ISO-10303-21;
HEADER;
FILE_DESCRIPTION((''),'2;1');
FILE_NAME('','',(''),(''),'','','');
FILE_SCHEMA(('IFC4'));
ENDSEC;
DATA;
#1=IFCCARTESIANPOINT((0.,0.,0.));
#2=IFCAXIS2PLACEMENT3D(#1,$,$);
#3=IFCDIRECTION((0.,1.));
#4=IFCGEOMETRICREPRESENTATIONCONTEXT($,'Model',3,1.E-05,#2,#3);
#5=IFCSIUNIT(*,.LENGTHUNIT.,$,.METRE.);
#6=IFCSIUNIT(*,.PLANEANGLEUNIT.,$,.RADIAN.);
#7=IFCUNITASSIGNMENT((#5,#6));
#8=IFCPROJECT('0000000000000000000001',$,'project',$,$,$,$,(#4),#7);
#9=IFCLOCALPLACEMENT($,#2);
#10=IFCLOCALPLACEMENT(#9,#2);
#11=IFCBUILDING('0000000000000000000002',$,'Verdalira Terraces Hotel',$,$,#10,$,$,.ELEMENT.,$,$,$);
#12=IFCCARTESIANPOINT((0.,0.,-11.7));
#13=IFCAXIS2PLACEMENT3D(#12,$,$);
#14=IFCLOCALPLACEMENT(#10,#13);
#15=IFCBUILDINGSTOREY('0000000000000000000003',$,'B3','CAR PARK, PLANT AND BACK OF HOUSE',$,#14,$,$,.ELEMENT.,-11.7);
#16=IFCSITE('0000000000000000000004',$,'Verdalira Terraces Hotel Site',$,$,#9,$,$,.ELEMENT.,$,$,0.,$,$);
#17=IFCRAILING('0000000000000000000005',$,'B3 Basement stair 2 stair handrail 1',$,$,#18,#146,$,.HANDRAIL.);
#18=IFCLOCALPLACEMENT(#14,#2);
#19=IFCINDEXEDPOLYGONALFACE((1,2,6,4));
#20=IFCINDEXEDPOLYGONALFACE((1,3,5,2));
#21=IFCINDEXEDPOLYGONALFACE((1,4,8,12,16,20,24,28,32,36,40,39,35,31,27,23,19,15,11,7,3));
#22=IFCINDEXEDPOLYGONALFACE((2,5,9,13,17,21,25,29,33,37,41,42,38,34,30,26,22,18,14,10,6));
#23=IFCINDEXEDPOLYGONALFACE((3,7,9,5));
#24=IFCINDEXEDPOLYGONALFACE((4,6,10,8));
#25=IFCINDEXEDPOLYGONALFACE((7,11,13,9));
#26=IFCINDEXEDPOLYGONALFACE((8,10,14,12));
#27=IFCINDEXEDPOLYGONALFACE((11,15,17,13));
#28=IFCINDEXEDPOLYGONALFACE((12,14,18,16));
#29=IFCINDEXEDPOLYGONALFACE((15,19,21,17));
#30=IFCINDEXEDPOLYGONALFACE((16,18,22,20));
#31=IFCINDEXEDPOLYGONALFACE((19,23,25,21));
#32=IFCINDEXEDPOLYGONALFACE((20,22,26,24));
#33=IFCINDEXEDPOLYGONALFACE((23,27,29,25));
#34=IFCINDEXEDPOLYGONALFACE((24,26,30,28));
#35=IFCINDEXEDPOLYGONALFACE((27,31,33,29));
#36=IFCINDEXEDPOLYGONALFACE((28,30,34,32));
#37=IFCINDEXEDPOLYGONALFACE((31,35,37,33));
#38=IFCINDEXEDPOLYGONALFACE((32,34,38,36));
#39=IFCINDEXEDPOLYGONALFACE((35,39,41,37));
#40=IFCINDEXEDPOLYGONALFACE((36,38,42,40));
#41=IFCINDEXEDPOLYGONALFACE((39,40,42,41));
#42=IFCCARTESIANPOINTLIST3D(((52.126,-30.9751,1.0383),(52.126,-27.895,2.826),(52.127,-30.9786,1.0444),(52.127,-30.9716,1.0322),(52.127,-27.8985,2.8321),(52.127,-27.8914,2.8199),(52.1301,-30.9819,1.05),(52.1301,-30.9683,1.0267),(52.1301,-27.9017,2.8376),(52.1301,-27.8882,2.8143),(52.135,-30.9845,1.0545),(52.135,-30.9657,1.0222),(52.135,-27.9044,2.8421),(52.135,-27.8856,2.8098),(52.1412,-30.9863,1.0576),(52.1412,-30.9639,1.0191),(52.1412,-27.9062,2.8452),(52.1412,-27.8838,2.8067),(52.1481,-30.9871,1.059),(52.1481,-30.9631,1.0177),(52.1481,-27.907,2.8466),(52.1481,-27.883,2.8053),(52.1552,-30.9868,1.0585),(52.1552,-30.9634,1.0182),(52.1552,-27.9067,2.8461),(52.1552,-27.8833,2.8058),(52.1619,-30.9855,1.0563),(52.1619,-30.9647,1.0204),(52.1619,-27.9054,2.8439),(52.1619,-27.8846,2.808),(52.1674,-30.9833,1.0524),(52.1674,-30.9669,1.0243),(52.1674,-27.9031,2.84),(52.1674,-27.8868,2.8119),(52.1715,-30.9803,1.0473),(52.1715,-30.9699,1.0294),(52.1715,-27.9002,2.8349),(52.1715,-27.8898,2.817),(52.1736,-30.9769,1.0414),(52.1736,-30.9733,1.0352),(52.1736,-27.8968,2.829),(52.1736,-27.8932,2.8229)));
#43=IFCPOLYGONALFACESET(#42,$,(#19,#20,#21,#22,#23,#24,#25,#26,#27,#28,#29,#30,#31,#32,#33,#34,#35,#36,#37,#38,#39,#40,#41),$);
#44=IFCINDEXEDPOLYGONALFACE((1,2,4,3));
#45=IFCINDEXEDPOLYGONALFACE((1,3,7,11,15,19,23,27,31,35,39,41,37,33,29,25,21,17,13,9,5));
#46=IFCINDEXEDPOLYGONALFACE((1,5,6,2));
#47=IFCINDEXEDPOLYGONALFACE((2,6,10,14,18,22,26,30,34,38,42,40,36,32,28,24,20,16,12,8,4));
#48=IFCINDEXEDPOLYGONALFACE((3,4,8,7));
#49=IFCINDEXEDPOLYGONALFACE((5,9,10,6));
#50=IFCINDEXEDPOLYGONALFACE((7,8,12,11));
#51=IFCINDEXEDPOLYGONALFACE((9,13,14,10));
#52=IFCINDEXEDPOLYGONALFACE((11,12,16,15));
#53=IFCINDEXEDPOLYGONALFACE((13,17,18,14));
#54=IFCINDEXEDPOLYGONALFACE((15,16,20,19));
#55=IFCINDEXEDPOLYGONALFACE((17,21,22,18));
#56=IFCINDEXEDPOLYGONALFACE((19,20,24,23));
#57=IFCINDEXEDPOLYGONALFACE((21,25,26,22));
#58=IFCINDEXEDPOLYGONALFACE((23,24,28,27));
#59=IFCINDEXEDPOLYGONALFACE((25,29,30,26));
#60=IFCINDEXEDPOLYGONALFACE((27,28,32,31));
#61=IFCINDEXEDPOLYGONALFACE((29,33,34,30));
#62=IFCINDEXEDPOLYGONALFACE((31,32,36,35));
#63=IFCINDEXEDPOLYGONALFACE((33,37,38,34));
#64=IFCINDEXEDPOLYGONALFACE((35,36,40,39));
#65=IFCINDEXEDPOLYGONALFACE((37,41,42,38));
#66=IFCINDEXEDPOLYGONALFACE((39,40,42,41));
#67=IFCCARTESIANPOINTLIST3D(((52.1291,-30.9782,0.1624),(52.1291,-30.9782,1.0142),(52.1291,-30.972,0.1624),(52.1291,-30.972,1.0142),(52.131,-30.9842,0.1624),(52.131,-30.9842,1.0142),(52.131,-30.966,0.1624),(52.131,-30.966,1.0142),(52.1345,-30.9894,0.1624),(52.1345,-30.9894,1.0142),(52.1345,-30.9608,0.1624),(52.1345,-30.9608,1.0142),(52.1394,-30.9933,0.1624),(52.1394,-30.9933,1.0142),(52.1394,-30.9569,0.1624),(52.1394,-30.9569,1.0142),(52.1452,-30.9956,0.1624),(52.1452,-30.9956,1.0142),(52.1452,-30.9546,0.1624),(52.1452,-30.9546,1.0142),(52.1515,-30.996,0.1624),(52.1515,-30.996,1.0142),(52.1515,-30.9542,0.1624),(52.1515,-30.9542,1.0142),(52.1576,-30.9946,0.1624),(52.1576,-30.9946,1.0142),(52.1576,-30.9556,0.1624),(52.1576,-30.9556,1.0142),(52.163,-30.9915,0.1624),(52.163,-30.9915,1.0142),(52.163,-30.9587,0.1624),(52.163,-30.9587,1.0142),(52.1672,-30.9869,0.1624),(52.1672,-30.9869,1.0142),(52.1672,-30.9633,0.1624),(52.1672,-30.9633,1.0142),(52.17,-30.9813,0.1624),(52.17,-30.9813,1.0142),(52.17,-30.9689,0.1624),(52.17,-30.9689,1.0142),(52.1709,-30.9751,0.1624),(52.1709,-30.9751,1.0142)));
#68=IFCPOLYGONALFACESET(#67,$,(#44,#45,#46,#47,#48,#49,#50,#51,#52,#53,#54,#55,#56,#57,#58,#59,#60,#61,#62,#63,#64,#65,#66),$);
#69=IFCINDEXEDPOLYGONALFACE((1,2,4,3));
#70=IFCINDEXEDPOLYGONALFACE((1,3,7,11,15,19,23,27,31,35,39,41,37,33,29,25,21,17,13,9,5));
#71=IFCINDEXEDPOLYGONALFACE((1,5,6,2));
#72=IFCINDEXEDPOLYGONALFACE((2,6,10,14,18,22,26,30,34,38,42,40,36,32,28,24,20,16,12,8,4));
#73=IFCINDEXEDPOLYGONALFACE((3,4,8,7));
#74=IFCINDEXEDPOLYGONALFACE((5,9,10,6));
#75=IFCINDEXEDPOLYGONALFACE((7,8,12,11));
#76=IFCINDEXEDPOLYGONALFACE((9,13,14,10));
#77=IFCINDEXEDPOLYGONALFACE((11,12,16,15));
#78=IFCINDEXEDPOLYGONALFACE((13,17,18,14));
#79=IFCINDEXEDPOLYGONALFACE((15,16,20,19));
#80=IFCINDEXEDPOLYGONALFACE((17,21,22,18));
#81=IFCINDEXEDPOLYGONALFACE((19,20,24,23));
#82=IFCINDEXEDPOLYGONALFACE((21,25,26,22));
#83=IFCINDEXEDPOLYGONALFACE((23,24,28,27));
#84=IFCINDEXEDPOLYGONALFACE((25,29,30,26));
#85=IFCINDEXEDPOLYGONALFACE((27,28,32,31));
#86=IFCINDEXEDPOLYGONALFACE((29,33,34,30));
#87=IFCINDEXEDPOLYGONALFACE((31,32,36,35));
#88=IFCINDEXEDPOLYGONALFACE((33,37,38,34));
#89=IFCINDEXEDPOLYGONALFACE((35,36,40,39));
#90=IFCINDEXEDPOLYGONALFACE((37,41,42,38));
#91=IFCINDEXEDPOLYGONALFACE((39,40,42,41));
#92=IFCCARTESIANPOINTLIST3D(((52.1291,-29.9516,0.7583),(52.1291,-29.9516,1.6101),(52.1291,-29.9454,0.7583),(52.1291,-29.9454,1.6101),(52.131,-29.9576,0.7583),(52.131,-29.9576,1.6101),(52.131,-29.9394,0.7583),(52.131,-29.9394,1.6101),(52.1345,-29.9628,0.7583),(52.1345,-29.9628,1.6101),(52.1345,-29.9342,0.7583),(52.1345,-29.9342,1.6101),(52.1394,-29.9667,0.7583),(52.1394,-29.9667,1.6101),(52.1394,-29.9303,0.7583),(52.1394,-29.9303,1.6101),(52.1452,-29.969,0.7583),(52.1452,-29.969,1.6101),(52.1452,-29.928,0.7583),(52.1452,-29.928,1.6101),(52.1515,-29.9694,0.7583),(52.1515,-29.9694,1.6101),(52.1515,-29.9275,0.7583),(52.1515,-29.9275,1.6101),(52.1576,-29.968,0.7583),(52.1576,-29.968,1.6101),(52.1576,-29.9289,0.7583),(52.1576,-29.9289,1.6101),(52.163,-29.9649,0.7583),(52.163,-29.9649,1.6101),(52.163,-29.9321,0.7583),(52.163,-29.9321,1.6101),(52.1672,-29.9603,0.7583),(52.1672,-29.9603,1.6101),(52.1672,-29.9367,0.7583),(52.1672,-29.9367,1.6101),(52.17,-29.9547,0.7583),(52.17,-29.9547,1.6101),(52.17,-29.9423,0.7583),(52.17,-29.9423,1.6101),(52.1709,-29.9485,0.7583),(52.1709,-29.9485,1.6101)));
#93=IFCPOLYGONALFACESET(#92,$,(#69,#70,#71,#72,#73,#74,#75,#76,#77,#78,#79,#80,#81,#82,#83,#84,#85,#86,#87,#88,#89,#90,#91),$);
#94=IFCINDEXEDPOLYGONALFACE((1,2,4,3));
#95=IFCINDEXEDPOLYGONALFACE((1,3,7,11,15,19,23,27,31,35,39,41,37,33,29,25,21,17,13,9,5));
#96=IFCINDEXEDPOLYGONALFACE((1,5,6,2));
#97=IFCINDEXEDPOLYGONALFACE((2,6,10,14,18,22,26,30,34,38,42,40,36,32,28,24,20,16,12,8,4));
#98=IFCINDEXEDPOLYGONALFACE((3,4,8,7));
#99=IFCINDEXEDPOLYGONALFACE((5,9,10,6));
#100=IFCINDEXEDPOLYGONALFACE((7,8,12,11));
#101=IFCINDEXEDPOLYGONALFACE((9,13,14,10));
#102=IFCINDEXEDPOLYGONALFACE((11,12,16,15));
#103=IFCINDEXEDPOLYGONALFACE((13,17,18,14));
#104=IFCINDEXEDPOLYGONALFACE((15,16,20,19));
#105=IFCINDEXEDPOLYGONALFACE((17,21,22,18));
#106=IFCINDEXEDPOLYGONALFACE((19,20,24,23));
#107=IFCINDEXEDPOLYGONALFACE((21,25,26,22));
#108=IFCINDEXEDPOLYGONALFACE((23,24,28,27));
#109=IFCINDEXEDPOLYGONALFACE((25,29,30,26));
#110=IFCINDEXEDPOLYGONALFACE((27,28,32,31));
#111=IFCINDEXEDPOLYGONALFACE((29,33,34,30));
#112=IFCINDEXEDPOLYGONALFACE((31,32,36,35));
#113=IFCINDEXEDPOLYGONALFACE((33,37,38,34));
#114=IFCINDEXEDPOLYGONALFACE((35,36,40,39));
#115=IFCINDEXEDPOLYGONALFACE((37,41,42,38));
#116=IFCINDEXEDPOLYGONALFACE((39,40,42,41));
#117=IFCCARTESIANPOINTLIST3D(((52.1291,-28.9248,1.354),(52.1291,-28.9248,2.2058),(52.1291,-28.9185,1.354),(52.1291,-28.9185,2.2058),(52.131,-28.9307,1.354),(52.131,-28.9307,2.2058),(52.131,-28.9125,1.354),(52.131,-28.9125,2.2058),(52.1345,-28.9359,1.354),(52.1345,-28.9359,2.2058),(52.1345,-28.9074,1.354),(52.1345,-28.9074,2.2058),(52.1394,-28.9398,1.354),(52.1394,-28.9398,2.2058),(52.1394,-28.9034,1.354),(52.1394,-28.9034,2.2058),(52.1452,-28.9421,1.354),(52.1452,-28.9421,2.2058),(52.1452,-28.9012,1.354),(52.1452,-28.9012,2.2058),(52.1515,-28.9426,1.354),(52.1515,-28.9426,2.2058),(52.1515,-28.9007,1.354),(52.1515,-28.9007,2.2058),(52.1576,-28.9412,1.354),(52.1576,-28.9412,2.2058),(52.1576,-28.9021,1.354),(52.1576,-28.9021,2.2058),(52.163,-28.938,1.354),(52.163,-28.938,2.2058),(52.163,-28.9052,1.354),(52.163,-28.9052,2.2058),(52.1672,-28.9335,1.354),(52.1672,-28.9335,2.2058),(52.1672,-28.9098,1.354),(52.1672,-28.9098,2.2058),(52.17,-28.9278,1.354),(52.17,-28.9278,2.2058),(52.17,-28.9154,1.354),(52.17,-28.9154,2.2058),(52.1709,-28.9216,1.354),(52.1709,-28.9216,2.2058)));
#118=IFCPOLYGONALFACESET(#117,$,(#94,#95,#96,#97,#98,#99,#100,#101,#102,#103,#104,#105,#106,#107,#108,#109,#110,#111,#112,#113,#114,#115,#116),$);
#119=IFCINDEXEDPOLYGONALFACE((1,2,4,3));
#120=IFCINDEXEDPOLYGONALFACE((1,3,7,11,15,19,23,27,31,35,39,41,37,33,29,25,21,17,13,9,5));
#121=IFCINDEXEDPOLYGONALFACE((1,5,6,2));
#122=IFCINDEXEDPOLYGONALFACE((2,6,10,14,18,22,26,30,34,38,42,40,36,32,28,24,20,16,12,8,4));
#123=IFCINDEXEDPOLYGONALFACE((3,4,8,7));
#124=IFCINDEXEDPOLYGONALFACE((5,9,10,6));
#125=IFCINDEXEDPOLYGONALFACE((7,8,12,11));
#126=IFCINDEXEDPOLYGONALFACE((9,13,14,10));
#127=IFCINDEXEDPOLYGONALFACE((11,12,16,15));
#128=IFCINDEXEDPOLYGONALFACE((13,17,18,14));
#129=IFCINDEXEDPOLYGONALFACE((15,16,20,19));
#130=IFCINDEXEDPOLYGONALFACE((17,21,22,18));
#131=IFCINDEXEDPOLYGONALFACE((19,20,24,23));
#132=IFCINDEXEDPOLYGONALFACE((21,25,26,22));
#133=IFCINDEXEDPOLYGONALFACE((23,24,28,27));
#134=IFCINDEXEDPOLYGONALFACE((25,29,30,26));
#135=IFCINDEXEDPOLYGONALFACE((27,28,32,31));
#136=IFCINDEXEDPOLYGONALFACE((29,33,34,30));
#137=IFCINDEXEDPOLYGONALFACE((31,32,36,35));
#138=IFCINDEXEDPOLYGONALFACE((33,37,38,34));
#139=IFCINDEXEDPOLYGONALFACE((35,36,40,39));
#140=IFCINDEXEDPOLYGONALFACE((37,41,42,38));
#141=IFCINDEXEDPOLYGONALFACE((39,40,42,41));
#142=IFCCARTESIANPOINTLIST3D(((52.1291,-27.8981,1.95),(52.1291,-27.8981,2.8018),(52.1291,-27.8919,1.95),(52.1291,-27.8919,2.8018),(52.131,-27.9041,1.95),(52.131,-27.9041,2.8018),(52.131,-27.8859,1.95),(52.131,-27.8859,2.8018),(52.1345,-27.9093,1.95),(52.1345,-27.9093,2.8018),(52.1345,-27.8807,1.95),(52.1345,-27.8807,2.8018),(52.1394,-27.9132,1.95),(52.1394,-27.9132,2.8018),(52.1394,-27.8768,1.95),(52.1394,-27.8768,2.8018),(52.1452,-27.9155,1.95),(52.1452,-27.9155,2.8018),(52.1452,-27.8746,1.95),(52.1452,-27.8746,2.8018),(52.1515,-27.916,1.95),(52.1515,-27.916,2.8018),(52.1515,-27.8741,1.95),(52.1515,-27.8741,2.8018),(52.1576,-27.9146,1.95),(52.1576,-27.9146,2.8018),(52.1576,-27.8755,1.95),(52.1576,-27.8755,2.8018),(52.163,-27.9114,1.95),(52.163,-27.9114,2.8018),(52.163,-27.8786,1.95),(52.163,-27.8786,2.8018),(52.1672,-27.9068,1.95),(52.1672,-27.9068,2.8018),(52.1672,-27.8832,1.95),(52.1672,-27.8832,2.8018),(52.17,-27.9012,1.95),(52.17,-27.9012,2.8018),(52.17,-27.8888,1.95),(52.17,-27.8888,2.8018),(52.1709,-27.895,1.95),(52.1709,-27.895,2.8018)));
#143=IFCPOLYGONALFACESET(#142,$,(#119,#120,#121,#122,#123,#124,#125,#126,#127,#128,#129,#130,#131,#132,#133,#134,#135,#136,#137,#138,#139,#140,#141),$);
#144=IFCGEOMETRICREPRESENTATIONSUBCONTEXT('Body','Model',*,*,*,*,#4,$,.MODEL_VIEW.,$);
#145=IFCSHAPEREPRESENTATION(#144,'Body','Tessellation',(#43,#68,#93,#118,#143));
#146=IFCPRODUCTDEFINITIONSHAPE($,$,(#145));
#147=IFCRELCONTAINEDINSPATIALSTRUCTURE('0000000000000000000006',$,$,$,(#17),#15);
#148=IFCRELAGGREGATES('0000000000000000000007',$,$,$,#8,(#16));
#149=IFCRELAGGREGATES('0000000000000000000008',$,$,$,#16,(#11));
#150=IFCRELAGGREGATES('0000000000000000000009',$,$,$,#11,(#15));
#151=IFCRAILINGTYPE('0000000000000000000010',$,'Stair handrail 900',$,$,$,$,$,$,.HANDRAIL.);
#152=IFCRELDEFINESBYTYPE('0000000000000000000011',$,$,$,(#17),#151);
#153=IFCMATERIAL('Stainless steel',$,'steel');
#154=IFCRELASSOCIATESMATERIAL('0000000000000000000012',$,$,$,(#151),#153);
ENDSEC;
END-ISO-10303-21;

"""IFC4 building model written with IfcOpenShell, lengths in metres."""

from ifc_helpers import new_model, si_unit, direction, frame, origin, origin_2d, place, context, subcontext, project, spatial, circle, extrude, material, type_object, element, save


model = new_model("IFC4")

# Units and contexts
model_context = context("Model", 3, precision=1e-05, world=origin(), true_north=direction((0.0, 1.0)))
body_context = subcontext(model_context, "Body", "Model", "MODEL_VIEW")
ifc_project = project(units=[si_unit("LENGTHUNIT", "METRE"), si_unit("PLANEANGLEUNIT", "RADIAN")], contexts=[model_context])

# Site, building, storey
site_placement = place(None, origin())
site = spatial("IfcSite", under=ifc_project, at=site_placement, Name="Verdalira Terraces Hotel Site", CompositionType="ELEMENT", RefElevation=0.0)
building_placement = place(site_placement, origin())
building = spatial("IfcBuilding", under=site, at=building_placement, Name="Verdalira Terraces Hotel", CompositionType="ELEMENT")
storey_placement = place(building_placement, frame((0.0, 0.0, -11.7)))
storey = spatial("IfcBuildingStorey", under=building, at=storey_placement, Name="B3", Description="CAR PARK, PLANT AND BACK OF HOUSE", CompositionType="ELEMENT", Elevation=-11.7)

# Railing
ifc_material_1 = material(Name="Stainless steel", Category="steel")
railing_type_1 = type_object("IfcRailingType", Name="Stair handrail 900", PredefinedType="HANDRAIL", material=ifc_material_1)
railing_1_placement = place(storey_placement, frame((52.1499, -30.9751, 0.1624)))
element("IfcRailing", 1, at=railing_1_placement, inside=storey, type_object=railing_type_1, Name="B3 Basement stair 2 stair handrail 1", PredefinedType="HANDRAIL", context=body_context, shape_type="SweptSolid", body=[
    extrude(circle(Radius=0.0239, at=origin_2d()), frame((0.0, 0.0, 0.876), z_axis=(0.0, 0.864891, 0.50196), x_axis=(-1.0, 0.0, 0.0)), (0.0, 0.0, 1.0), 3.5613),
    extrude(circle(Radius=0.021, at=origin_2d()), origin(), (0.0, 0.0, 1.0), 0.8518),
    extrude(circle(Radius=0.021, at=origin_2d()), frame((0.0, 1.0266, 0.5959)), (0.0, 0.0, 1.0), 0.8518),
    extrude(circle(Radius=0.021, at=origin_2d()), frame((0.0, 2.0535, 1.1917)), (0.0, 0.0, 1.0), 0.8518),
    extrude(circle(Radius=0.021, at=origin_2d()), frame((0.0, 3.0801, 1.7876)), (0.0, 0.0, 1.0), 0.8518),
])

save(model, "model.ifc")
